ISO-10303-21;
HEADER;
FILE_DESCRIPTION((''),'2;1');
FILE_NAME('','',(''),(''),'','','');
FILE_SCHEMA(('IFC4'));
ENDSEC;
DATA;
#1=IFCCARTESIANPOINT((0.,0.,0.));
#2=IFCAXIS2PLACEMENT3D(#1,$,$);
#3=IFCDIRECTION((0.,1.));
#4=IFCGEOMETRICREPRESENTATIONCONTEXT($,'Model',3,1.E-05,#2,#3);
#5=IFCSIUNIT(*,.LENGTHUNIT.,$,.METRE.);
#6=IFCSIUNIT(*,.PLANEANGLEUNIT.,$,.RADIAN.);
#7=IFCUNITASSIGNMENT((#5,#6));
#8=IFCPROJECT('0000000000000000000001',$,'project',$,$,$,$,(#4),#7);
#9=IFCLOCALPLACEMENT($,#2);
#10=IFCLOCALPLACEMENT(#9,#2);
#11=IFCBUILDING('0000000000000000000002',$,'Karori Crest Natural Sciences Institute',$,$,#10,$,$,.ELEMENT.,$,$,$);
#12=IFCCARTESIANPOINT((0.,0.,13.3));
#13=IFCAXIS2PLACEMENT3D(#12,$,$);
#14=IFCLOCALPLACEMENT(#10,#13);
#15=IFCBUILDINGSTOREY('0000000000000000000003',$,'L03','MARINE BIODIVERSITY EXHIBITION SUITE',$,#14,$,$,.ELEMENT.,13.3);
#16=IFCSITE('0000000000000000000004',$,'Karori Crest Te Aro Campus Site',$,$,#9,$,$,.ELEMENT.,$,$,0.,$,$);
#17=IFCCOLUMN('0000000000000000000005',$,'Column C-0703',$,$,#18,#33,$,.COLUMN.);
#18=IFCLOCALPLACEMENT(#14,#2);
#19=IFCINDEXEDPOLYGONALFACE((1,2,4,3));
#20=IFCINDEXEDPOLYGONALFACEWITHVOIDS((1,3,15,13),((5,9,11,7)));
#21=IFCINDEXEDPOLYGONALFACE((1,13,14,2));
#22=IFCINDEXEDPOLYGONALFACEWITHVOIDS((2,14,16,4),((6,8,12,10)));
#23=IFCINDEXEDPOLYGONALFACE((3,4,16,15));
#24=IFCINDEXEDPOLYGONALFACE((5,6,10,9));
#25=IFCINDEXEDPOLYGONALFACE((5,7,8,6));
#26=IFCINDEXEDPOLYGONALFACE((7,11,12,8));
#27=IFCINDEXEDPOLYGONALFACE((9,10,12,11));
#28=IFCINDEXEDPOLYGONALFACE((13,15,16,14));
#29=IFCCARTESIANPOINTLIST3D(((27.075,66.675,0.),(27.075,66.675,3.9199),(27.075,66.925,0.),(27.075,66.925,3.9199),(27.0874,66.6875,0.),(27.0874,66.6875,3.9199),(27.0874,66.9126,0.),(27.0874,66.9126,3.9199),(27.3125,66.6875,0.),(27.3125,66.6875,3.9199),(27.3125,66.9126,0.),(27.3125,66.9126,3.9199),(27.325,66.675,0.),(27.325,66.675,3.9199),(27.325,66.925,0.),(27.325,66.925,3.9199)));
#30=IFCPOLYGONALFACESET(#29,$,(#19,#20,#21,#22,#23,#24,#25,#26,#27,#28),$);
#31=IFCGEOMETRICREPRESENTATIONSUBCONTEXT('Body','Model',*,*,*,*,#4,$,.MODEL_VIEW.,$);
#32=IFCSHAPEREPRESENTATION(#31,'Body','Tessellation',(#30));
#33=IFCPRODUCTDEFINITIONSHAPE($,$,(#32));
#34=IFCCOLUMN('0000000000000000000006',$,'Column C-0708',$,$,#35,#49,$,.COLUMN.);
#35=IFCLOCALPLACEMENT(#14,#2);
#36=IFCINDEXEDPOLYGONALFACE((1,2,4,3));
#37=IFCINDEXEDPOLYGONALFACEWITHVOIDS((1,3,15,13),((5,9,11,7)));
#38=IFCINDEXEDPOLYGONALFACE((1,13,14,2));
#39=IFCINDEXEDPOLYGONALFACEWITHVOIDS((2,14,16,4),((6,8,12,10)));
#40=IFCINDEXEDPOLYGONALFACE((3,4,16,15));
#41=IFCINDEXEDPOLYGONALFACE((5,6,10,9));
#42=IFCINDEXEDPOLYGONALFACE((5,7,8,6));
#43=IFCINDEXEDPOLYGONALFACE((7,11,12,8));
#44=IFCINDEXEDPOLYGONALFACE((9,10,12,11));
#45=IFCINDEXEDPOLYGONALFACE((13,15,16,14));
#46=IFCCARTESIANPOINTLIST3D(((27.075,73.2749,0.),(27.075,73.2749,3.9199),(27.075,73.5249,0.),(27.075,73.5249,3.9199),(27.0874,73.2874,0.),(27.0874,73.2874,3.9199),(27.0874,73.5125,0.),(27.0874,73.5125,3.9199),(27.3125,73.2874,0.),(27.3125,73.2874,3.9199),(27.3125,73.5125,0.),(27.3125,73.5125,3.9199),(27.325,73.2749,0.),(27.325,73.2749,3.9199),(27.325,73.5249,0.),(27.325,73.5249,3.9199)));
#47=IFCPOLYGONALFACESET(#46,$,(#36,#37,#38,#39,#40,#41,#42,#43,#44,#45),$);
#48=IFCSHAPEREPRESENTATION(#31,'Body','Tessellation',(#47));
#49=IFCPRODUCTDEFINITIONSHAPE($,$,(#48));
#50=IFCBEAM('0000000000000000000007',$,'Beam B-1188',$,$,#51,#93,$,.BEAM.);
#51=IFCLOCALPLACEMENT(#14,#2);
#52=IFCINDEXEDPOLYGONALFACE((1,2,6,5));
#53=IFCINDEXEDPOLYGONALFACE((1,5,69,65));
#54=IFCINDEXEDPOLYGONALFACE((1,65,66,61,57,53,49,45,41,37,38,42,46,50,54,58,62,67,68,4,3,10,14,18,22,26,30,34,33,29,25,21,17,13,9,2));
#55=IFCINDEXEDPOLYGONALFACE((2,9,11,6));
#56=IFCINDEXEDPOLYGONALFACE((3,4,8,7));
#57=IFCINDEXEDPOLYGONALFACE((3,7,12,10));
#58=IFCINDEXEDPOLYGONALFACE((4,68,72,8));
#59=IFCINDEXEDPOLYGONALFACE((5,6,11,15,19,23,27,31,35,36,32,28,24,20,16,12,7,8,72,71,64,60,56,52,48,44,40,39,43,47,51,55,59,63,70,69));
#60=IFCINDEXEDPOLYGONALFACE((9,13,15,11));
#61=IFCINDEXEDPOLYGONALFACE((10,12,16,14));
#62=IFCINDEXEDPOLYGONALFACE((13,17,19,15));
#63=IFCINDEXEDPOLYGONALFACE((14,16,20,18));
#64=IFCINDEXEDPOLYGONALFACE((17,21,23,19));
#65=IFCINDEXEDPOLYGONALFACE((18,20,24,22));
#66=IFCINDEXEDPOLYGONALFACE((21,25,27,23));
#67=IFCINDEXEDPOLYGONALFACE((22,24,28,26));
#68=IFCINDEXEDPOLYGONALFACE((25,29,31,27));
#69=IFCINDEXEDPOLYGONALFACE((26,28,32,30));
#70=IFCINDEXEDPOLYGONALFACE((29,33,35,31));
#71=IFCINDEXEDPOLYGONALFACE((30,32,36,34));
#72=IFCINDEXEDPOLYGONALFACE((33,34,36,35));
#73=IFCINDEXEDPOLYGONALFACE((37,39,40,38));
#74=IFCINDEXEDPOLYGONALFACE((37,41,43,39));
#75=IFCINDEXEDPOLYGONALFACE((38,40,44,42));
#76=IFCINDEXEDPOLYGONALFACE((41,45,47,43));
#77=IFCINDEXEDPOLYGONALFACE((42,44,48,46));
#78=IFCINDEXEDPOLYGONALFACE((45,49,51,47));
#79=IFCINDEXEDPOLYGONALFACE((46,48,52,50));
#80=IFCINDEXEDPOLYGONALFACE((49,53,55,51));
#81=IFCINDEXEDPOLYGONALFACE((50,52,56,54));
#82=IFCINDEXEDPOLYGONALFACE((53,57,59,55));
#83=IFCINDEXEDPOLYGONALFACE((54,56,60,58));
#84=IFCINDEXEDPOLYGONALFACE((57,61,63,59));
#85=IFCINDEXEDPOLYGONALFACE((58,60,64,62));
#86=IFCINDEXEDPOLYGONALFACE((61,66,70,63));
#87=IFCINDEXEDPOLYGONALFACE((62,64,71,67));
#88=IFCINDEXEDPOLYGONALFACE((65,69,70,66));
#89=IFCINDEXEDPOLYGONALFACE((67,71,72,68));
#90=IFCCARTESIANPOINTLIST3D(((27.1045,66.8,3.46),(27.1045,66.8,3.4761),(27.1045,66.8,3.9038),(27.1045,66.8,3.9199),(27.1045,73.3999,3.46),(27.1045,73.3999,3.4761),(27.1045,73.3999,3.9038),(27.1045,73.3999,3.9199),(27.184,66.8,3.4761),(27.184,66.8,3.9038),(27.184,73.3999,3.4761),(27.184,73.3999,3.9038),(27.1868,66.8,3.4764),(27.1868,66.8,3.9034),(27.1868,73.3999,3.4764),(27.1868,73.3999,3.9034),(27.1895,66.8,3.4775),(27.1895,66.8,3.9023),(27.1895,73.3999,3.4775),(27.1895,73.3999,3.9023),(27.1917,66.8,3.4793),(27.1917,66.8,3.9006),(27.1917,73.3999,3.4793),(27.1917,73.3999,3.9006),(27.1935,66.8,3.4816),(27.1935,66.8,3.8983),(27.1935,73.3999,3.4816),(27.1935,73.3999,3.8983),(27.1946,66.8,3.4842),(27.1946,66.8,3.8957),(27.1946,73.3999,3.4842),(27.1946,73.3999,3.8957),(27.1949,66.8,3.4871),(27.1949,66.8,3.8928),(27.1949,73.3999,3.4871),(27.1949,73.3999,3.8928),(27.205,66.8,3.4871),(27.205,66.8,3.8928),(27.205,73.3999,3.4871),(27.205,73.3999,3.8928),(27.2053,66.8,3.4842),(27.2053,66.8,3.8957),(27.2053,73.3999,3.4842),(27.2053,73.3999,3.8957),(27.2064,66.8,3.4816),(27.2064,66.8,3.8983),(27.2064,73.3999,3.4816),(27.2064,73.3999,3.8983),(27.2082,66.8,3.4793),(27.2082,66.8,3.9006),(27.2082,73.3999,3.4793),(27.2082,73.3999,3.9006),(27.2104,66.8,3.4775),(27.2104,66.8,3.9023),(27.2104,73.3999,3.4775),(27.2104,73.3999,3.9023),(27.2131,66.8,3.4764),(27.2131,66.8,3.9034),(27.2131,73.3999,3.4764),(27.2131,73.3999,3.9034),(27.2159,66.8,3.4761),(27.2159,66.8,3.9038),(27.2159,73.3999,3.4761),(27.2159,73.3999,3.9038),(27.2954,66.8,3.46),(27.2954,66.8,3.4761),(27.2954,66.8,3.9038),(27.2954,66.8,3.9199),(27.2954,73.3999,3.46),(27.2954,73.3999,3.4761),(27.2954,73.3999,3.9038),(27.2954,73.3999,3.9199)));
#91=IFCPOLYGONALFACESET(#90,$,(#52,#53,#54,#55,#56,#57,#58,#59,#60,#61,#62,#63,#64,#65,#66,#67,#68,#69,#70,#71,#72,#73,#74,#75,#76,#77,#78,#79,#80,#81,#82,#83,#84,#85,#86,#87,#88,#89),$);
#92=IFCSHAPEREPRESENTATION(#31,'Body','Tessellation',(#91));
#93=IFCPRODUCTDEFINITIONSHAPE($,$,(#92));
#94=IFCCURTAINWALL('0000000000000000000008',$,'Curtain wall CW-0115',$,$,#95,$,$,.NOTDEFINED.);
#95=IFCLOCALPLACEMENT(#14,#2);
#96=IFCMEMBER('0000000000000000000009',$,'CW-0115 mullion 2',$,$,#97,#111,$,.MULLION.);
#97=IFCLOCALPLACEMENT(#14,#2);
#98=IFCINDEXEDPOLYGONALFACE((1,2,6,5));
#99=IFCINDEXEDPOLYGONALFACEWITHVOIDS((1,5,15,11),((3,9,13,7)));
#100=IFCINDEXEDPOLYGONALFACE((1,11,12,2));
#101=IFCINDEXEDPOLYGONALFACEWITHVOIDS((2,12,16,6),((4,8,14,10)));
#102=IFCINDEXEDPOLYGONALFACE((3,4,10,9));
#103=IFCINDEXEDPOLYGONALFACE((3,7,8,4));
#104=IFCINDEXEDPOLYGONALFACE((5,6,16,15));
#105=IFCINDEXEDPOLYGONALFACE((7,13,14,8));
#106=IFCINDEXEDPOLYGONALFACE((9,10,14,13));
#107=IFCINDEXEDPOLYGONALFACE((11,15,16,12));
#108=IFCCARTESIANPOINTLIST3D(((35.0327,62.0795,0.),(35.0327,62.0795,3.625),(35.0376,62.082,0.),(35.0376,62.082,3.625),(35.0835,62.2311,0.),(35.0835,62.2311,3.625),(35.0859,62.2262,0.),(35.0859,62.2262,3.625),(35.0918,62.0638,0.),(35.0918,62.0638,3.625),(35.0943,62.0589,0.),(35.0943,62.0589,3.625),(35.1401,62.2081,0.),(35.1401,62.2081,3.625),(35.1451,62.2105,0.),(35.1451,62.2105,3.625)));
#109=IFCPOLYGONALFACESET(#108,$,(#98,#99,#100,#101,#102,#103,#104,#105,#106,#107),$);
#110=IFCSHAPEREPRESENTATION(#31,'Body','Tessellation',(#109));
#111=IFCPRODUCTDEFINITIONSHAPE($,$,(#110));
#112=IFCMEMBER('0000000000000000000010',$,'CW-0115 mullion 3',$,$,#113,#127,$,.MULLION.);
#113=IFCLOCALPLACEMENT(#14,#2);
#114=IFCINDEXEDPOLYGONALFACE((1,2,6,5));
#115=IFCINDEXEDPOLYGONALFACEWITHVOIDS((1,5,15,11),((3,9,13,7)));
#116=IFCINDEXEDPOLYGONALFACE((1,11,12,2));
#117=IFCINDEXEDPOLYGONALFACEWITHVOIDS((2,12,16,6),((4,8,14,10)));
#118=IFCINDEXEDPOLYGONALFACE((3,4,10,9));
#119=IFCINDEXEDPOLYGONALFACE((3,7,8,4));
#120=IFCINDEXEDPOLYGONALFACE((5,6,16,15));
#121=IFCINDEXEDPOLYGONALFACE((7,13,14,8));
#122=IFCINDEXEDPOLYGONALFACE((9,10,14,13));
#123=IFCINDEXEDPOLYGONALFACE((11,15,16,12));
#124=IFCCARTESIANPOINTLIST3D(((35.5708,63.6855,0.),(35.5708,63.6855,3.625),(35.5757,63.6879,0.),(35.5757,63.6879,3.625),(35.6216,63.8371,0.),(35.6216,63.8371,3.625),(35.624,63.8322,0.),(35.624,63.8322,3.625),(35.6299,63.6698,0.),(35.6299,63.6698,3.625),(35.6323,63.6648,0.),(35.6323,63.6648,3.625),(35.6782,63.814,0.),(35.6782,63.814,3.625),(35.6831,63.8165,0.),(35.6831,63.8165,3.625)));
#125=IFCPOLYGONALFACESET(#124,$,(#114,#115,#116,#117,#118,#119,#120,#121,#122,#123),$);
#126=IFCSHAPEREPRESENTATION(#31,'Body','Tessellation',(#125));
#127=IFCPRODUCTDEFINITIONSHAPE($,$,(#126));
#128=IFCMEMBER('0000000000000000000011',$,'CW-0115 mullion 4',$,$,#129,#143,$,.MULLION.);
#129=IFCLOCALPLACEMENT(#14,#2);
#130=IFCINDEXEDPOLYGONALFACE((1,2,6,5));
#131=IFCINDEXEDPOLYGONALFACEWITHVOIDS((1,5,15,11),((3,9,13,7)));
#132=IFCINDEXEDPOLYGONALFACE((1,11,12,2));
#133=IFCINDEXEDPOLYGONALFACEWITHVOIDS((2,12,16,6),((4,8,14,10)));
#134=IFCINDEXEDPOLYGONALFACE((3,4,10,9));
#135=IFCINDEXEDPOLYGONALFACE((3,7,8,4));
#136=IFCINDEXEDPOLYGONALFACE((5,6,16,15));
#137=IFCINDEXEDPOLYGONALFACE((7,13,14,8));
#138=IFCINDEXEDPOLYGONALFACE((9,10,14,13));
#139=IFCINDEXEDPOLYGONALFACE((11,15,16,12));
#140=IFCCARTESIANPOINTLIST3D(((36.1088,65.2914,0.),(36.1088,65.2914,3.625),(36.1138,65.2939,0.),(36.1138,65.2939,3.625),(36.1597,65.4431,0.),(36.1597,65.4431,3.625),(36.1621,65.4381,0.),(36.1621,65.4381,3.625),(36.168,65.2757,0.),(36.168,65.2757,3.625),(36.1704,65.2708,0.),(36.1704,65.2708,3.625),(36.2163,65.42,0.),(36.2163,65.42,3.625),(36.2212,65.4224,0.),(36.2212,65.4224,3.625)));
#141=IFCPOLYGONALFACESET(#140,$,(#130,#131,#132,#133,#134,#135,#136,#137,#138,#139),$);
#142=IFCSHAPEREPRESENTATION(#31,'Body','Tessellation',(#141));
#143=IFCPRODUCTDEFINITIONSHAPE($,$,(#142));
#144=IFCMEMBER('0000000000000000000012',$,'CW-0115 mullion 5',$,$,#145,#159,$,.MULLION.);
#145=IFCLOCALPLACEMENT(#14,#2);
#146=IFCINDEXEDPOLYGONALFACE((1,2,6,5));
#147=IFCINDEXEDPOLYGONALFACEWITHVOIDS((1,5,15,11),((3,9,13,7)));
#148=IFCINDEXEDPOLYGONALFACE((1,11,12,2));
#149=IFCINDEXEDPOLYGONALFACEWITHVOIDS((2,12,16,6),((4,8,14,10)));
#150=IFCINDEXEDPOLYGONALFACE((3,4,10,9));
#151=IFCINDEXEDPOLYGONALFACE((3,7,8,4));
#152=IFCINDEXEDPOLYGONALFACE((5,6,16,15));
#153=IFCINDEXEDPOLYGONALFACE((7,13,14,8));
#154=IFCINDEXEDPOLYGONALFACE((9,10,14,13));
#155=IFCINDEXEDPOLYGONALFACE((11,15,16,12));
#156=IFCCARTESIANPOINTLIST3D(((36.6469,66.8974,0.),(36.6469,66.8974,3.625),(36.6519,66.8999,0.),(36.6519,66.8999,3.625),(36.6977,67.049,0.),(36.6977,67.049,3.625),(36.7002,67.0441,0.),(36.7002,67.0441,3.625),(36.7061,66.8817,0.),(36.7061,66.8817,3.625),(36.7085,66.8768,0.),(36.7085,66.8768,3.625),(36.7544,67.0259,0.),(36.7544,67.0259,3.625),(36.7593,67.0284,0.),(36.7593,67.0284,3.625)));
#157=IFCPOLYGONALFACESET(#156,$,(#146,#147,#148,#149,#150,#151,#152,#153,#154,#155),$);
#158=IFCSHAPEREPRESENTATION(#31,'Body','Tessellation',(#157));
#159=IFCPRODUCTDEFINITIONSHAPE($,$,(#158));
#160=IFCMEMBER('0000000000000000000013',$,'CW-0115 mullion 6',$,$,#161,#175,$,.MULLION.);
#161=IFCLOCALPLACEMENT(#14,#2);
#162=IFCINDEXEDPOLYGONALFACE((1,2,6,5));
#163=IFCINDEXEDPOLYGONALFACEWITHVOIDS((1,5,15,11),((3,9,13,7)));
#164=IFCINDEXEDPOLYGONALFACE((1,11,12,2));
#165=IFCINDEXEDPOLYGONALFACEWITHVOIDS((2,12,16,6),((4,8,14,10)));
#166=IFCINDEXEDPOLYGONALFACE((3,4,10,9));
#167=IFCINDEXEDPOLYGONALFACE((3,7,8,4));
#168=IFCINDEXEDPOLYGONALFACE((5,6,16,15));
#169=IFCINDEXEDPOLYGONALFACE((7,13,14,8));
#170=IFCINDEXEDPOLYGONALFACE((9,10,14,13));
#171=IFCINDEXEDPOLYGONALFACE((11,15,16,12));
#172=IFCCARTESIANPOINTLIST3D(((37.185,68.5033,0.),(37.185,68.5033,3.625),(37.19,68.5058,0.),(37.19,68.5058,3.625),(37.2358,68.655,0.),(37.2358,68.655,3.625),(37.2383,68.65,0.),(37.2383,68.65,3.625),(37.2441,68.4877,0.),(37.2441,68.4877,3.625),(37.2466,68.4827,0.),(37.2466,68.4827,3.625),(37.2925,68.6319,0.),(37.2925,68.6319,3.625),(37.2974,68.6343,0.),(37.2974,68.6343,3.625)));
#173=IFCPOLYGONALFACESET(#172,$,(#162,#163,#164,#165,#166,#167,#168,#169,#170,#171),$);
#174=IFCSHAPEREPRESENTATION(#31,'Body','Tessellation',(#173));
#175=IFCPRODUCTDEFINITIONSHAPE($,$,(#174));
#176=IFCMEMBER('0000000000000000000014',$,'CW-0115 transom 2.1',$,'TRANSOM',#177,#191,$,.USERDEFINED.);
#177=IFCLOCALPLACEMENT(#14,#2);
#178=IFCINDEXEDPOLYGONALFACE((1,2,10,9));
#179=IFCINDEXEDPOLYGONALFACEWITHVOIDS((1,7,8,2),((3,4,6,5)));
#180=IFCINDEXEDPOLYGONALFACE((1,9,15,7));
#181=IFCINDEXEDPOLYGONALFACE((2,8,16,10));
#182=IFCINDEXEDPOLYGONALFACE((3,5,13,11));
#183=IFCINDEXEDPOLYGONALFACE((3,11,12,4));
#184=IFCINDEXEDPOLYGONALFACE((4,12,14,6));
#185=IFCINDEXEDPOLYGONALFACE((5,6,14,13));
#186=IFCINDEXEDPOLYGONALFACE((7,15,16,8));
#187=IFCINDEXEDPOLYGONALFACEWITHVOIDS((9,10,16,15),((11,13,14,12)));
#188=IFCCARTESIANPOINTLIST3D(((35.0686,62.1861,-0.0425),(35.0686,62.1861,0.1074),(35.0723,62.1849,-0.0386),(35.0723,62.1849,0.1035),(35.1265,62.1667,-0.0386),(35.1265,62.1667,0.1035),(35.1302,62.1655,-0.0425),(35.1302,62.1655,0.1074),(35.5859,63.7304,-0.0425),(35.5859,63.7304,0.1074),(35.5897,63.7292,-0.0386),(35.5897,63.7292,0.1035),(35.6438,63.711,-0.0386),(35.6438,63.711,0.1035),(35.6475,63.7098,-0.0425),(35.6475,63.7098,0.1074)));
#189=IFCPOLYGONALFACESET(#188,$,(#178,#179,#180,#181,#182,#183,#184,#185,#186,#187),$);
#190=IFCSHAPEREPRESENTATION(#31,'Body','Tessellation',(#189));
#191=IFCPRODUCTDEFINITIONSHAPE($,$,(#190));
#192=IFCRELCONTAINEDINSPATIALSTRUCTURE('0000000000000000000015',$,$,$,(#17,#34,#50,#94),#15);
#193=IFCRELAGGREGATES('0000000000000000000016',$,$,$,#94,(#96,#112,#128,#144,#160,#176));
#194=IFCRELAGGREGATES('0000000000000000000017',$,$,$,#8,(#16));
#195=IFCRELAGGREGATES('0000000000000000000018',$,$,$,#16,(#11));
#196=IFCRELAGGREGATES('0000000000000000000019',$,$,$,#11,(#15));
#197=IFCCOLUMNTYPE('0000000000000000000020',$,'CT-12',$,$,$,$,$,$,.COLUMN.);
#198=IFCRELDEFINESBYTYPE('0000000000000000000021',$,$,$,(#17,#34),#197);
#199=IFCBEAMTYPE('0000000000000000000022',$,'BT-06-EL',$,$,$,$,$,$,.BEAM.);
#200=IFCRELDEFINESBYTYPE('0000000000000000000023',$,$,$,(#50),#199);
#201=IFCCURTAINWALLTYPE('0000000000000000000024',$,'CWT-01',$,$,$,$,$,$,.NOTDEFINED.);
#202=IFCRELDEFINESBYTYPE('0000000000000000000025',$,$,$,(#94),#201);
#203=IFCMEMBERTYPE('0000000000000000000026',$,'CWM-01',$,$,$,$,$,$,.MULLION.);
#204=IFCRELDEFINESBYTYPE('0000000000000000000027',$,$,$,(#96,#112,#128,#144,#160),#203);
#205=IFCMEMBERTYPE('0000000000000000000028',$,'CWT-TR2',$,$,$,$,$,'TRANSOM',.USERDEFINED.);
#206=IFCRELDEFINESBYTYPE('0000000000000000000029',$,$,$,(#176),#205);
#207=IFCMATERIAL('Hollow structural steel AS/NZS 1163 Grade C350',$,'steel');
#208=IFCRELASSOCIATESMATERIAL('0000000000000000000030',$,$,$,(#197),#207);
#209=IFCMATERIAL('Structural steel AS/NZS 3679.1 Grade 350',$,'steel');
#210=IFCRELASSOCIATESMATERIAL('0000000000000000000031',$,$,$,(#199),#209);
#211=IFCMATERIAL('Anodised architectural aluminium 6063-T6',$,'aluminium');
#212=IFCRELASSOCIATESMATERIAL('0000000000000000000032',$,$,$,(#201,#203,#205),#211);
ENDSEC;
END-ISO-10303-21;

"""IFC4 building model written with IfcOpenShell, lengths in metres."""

from ifc_helpers import new_model, si_unit, direction, frame, origin, origin_2d, place, context, subcontext, project, spatial, hollow_rectangle, i_section, extrude, material, material_profile, profile_set, type_object, element, aggregate, save


model = new_model("IFC4")

# Units and contexts
model_context = context("Model", 3, precision=1e-05, world=origin(), true_north=direction((0.0, 1.0)))
body_context = subcontext(model_context, "Body", "Model", "MODEL_VIEW")
ifc_project = project(units=[si_unit("LENGTHUNIT", "METRE"), si_unit("PLANEANGLEUNIT", "RADIAN")], contexts=[model_context])

# Site, building, storey
site_placement = place(None, origin())
site = spatial("IfcSite", under=ifc_project, at=site_placement, Name="Karori Crest Te Aro Campus Site", CompositionType="ELEMENT", RefElevation=0.0)
building_placement = place(site_placement, origin())
building = spatial("IfcBuilding", under=site, at=building_placement, Name="Karori Crest Natural Sciences Institute", CompositionType="ELEMENT")
storey_placement = place(building_placement, frame((0.0, 0.0, 13.3)))
storey = spatial("IfcBuildingStorey", under=building, at=storey_placement, Name="L03", Description="MARINE BIODIVERSITY EXHIBITION SUITE", CompositionType="ELEMENT", Elevation=13.3)

# Columns
ifc_material_1 = material(Name="Hollow structural steel AS/NZS 1163 Grade C350", Category="steel")
ifc_material_profile_1 = material_profile(ifc_material_1, hollow_rectangle(XDim=0.25, YDim=0.25, WallThickness=0.0125, at=origin_2d()), Name="SHS250x250x12.5")
ifc_profile_set_1 = profile_set([ifc_material_profile_1], Name="Hollow structural steel AS/NZS 1163 Grade C350")
column_type = type_object("IfcColumnType", Name="CT-12", PredefinedType="COLUMN", material=ifc_profile_set_1)
for number, where, z_axis, x_axis, name in (
    (1, (27.2, 66.8, 0.0), (0.0, 0.0, 1.0), (1.0, 0.0, 0.0), "Column C-0703"),
    (2, (27.2, 73.3999, 0.0), (0.0, 0.0, 1.0), (1.0, 0.0, 0.0), "Column C-0708"),
):
    element("IfcColumn", number, at=place(storey_placement, frame(where, z_axis=z_axis, x_axis=x_axis)), inside=storey, type_object=column_type, Name=name, PredefinedType="COLUMN", context=body_context, shape_type="SweptSolid", body=[
        extrude(hollow_rectangle(XDim=0.25, YDim=0.25, WallThickness=0.0125, at=origin_2d()), origin(), (0.0, 0.0, 1.0), 3.9199),
    ])

# Beam
ifc_material_2 = material(Name="Structural steel AS/NZS 3679.1 Grade 350", Category="steel")
ifc_material_profile_2 = material_profile(ifc_material_2, i_section(OverallWidth=0.1909, OverallDepth=0.46, WebThickness=0.01, FlangeThickness=0.0161, FilletRadius=0.011, at=origin_2d()), Name="460UB82.1")
ifc_profile_set_2 = profile_set([ifc_material_profile_2], Name="Structural steel AS/NZS 3679.1 Grade 350")
beam_type = type_object("IfcBeamType", Name="BT-06-EL", PredefinedType="BEAM", material=ifc_profile_set_2)
beam_placement = place(storey_placement, frame((27.2, 66.8, 3.6899), z_axis=(0.0, 1.0, 0.0), x_axis=(-1.0, 0.0, 0.0)))
element("IfcBeam", 3, at=beam_placement, inside=storey, type_object=beam_type, Name="Beam B-1188", PredefinedType="BEAM", context=body_context, shape_type="SweptSolid", body=[
    extrude(i_section(OverallWidth=0.1909, OverallDepth=0.46, WebThickness=0.01, FlangeThickness=0.0161, FilletRadius=0.011, at=origin_2d()), origin(), (0.0, 0.0, 1.0), 6.5999),
])

# Curtain wall, members
ifc_material_3 = material(Name="Anodised architectural aluminium 6063-T6", Category="aluminium")
curtain_wall_type = type_object("IfcCurtainWallType", Name="CWT-01", PredefinedType="NOTDEFINED", material=ifc_material_3)
curtain_wall_placement = place(storey_placement, origin())
curtain_wall = element("IfcCurtainWall", 4, at=curtain_wall_placement, inside=storey, type_object=curtain_wall_type, Name="Curtain wall CW-0115", PredefinedType="NOTDEFINED")
ifc_material_profile_3 = material_profile(ifc_material_3, hollow_rectangle(XDim=0.0649, YDim=0.1599, WallThickness=0.0039, at=origin_2d()), Name="CWM160x65x4")
ifc_profile_set_3 = profile_set([ifc_material_profile_3], Name="Anodised architectural aluminium 6063-T6")
member_type_1 = type_object("IfcMemberType", Name="CWM-01", PredefinedType="MULLION", material=ifc_profile_set_3)
member_1_placement = place(storey_placement, frame((35.0889, 62.145, 0.0), z_axis=(0.0, 0.0, 1.0), x_axis=(-0.948198, 0.31768, 0.0)))
member_1 = element("IfcMember", 5, at=member_1_placement, type_object=member_type_1, Name="CW-0115 mullion 2", PredefinedType="MULLION", context=body_context, shape_type="SweptSolid", body=[
    extrude(hollow_rectangle(XDim=0.0649, YDim=0.1599, WallThickness=0.0039, at=origin_2d()), origin(), (0.0, 0.0, 1.0), 3.625),
])
member_2_placement = place(storey_placement, frame((35.627, 63.751, 0.0), z_axis=(0.0, 0.0, 1.0), x_axis=(-0.948198, 0.31768, 0.0)))
member_2 = element("IfcMember", 6, at=member_2_placement, type_object=member_type_1, Name="CW-0115 mullion 3", PredefinedType="MULLION", context=body_context, shape_type="SweptSolid", body=[
    extrude(hollow_rectangle(XDim=0.0649, YDim=0.1599, WallThickness=0.0039, at=origin_2d()), origin(), (0.0, 0.0, 1.0), 3.625),
])
member_3_placement = place(storey_placement, frame((36.165, 65.3569, 0.0), z_axis=(0.0, 0.0, 1.0), x_axis=(-0.948198, 0.31768, 0.0)))
member_3 = element("IfcMember", 7, at=member_3_placement, type_object=member_type_1, Name="CW-0115 mullion 4", PredefinedType="MULLION", context=body_context, shape_type="SweptSolid", body=[
    extrude(hollow_rectangle(XDim=0.0649, YDim=0.1599, WallThickness=0.0039, at=origin_2d()), origin(), (0.0, 0.0, 1.0), 3.625),
])
member_4_placement = place(storey_placement, frame((36.7031, 66.9629, 0.0), z_axis=(0.0, 0.0, 1.0), x_axis=(-0.948198, 0.31768, 0.0)))
member_4 = element("IfcMember", 8, at=member_4_placement, type_object=member_type_1, Name="CW-0115 mullion 5", PredefinedType="MULLION", context=body_context, shape_type="SweptSolid", body=[
    extrude(hollow_rectangle(XDim=0.0649, YDim=0.1599, WallThickness=0.0039, at=origin_2d()), origin(), (0.0, 0.0, 1.0), 3.625),
])
member_5_placement = place(storey_placement, frame((37.2412, 68.5688, 0.0), z_axis=(0.0, 0.0, 1.0), x_axis=(-0.948198, 0.31768, 0.0)))
member_5 = element("IfcMember", 9, at=member_5_placement, type_object=member_type_1, Name="CW-0115 mullion 6", PredefinedType="MULLION", context=body_context, shape_type="SweptSolid", body=[
    extrude(hollow_rectangle(XDim=0.0649, YDim=0.1599, WallThickness=0.0039, at=origin_2d()), origin(), (0.0, 0.0, 1.0), 3.625),
])
ifc_material_profile_4 = material_profile(ifc_material_3, hollow_rectangle(XDim=0.0649, YDim=0.1499, WallThickness=0.0039, at=origin_2d()), Name="CWT150x65x4")
ifc_profile_set_4 = profile_set([ifc_material_profile_4], Name="Anodised architectural aluminium 6063-T6")
member_type_2 = type_object("IfcMemberType", Name="CWT-TR2", ElementType="TRANSOM", PredefinedType="USERDEFINED", material=ifc_profile_set_4)
member_6_placement = place(storey_placement, frame((35.0994, 62.1758, 0.0325), z_axis=(0.317667, 0.948202, 0.0), x_axis=(-0.948202, 0.317667, 0.0)))
member_6 = element("IfcMember", 10, at=member_6_placement, type_object=member_type_2, Name="CW-0115 transom 2.1", ObjectType="TRANSOM", PredefinedType="USERDEFINED", context=body_context, shape_type="SweptSolid", body=[
    extrude(hollow_rectangle(XDim=0.0649, YDim=0.1499, WallThickness=0.0039, at=origin_2d()), origin(), (0.0, 0.0, 1.0), 1.6287),
])
aggregate(curtain_wall, [member_1, member_2, member_3, member_4, member_5, member_6])

save(model, "model.ifc")
